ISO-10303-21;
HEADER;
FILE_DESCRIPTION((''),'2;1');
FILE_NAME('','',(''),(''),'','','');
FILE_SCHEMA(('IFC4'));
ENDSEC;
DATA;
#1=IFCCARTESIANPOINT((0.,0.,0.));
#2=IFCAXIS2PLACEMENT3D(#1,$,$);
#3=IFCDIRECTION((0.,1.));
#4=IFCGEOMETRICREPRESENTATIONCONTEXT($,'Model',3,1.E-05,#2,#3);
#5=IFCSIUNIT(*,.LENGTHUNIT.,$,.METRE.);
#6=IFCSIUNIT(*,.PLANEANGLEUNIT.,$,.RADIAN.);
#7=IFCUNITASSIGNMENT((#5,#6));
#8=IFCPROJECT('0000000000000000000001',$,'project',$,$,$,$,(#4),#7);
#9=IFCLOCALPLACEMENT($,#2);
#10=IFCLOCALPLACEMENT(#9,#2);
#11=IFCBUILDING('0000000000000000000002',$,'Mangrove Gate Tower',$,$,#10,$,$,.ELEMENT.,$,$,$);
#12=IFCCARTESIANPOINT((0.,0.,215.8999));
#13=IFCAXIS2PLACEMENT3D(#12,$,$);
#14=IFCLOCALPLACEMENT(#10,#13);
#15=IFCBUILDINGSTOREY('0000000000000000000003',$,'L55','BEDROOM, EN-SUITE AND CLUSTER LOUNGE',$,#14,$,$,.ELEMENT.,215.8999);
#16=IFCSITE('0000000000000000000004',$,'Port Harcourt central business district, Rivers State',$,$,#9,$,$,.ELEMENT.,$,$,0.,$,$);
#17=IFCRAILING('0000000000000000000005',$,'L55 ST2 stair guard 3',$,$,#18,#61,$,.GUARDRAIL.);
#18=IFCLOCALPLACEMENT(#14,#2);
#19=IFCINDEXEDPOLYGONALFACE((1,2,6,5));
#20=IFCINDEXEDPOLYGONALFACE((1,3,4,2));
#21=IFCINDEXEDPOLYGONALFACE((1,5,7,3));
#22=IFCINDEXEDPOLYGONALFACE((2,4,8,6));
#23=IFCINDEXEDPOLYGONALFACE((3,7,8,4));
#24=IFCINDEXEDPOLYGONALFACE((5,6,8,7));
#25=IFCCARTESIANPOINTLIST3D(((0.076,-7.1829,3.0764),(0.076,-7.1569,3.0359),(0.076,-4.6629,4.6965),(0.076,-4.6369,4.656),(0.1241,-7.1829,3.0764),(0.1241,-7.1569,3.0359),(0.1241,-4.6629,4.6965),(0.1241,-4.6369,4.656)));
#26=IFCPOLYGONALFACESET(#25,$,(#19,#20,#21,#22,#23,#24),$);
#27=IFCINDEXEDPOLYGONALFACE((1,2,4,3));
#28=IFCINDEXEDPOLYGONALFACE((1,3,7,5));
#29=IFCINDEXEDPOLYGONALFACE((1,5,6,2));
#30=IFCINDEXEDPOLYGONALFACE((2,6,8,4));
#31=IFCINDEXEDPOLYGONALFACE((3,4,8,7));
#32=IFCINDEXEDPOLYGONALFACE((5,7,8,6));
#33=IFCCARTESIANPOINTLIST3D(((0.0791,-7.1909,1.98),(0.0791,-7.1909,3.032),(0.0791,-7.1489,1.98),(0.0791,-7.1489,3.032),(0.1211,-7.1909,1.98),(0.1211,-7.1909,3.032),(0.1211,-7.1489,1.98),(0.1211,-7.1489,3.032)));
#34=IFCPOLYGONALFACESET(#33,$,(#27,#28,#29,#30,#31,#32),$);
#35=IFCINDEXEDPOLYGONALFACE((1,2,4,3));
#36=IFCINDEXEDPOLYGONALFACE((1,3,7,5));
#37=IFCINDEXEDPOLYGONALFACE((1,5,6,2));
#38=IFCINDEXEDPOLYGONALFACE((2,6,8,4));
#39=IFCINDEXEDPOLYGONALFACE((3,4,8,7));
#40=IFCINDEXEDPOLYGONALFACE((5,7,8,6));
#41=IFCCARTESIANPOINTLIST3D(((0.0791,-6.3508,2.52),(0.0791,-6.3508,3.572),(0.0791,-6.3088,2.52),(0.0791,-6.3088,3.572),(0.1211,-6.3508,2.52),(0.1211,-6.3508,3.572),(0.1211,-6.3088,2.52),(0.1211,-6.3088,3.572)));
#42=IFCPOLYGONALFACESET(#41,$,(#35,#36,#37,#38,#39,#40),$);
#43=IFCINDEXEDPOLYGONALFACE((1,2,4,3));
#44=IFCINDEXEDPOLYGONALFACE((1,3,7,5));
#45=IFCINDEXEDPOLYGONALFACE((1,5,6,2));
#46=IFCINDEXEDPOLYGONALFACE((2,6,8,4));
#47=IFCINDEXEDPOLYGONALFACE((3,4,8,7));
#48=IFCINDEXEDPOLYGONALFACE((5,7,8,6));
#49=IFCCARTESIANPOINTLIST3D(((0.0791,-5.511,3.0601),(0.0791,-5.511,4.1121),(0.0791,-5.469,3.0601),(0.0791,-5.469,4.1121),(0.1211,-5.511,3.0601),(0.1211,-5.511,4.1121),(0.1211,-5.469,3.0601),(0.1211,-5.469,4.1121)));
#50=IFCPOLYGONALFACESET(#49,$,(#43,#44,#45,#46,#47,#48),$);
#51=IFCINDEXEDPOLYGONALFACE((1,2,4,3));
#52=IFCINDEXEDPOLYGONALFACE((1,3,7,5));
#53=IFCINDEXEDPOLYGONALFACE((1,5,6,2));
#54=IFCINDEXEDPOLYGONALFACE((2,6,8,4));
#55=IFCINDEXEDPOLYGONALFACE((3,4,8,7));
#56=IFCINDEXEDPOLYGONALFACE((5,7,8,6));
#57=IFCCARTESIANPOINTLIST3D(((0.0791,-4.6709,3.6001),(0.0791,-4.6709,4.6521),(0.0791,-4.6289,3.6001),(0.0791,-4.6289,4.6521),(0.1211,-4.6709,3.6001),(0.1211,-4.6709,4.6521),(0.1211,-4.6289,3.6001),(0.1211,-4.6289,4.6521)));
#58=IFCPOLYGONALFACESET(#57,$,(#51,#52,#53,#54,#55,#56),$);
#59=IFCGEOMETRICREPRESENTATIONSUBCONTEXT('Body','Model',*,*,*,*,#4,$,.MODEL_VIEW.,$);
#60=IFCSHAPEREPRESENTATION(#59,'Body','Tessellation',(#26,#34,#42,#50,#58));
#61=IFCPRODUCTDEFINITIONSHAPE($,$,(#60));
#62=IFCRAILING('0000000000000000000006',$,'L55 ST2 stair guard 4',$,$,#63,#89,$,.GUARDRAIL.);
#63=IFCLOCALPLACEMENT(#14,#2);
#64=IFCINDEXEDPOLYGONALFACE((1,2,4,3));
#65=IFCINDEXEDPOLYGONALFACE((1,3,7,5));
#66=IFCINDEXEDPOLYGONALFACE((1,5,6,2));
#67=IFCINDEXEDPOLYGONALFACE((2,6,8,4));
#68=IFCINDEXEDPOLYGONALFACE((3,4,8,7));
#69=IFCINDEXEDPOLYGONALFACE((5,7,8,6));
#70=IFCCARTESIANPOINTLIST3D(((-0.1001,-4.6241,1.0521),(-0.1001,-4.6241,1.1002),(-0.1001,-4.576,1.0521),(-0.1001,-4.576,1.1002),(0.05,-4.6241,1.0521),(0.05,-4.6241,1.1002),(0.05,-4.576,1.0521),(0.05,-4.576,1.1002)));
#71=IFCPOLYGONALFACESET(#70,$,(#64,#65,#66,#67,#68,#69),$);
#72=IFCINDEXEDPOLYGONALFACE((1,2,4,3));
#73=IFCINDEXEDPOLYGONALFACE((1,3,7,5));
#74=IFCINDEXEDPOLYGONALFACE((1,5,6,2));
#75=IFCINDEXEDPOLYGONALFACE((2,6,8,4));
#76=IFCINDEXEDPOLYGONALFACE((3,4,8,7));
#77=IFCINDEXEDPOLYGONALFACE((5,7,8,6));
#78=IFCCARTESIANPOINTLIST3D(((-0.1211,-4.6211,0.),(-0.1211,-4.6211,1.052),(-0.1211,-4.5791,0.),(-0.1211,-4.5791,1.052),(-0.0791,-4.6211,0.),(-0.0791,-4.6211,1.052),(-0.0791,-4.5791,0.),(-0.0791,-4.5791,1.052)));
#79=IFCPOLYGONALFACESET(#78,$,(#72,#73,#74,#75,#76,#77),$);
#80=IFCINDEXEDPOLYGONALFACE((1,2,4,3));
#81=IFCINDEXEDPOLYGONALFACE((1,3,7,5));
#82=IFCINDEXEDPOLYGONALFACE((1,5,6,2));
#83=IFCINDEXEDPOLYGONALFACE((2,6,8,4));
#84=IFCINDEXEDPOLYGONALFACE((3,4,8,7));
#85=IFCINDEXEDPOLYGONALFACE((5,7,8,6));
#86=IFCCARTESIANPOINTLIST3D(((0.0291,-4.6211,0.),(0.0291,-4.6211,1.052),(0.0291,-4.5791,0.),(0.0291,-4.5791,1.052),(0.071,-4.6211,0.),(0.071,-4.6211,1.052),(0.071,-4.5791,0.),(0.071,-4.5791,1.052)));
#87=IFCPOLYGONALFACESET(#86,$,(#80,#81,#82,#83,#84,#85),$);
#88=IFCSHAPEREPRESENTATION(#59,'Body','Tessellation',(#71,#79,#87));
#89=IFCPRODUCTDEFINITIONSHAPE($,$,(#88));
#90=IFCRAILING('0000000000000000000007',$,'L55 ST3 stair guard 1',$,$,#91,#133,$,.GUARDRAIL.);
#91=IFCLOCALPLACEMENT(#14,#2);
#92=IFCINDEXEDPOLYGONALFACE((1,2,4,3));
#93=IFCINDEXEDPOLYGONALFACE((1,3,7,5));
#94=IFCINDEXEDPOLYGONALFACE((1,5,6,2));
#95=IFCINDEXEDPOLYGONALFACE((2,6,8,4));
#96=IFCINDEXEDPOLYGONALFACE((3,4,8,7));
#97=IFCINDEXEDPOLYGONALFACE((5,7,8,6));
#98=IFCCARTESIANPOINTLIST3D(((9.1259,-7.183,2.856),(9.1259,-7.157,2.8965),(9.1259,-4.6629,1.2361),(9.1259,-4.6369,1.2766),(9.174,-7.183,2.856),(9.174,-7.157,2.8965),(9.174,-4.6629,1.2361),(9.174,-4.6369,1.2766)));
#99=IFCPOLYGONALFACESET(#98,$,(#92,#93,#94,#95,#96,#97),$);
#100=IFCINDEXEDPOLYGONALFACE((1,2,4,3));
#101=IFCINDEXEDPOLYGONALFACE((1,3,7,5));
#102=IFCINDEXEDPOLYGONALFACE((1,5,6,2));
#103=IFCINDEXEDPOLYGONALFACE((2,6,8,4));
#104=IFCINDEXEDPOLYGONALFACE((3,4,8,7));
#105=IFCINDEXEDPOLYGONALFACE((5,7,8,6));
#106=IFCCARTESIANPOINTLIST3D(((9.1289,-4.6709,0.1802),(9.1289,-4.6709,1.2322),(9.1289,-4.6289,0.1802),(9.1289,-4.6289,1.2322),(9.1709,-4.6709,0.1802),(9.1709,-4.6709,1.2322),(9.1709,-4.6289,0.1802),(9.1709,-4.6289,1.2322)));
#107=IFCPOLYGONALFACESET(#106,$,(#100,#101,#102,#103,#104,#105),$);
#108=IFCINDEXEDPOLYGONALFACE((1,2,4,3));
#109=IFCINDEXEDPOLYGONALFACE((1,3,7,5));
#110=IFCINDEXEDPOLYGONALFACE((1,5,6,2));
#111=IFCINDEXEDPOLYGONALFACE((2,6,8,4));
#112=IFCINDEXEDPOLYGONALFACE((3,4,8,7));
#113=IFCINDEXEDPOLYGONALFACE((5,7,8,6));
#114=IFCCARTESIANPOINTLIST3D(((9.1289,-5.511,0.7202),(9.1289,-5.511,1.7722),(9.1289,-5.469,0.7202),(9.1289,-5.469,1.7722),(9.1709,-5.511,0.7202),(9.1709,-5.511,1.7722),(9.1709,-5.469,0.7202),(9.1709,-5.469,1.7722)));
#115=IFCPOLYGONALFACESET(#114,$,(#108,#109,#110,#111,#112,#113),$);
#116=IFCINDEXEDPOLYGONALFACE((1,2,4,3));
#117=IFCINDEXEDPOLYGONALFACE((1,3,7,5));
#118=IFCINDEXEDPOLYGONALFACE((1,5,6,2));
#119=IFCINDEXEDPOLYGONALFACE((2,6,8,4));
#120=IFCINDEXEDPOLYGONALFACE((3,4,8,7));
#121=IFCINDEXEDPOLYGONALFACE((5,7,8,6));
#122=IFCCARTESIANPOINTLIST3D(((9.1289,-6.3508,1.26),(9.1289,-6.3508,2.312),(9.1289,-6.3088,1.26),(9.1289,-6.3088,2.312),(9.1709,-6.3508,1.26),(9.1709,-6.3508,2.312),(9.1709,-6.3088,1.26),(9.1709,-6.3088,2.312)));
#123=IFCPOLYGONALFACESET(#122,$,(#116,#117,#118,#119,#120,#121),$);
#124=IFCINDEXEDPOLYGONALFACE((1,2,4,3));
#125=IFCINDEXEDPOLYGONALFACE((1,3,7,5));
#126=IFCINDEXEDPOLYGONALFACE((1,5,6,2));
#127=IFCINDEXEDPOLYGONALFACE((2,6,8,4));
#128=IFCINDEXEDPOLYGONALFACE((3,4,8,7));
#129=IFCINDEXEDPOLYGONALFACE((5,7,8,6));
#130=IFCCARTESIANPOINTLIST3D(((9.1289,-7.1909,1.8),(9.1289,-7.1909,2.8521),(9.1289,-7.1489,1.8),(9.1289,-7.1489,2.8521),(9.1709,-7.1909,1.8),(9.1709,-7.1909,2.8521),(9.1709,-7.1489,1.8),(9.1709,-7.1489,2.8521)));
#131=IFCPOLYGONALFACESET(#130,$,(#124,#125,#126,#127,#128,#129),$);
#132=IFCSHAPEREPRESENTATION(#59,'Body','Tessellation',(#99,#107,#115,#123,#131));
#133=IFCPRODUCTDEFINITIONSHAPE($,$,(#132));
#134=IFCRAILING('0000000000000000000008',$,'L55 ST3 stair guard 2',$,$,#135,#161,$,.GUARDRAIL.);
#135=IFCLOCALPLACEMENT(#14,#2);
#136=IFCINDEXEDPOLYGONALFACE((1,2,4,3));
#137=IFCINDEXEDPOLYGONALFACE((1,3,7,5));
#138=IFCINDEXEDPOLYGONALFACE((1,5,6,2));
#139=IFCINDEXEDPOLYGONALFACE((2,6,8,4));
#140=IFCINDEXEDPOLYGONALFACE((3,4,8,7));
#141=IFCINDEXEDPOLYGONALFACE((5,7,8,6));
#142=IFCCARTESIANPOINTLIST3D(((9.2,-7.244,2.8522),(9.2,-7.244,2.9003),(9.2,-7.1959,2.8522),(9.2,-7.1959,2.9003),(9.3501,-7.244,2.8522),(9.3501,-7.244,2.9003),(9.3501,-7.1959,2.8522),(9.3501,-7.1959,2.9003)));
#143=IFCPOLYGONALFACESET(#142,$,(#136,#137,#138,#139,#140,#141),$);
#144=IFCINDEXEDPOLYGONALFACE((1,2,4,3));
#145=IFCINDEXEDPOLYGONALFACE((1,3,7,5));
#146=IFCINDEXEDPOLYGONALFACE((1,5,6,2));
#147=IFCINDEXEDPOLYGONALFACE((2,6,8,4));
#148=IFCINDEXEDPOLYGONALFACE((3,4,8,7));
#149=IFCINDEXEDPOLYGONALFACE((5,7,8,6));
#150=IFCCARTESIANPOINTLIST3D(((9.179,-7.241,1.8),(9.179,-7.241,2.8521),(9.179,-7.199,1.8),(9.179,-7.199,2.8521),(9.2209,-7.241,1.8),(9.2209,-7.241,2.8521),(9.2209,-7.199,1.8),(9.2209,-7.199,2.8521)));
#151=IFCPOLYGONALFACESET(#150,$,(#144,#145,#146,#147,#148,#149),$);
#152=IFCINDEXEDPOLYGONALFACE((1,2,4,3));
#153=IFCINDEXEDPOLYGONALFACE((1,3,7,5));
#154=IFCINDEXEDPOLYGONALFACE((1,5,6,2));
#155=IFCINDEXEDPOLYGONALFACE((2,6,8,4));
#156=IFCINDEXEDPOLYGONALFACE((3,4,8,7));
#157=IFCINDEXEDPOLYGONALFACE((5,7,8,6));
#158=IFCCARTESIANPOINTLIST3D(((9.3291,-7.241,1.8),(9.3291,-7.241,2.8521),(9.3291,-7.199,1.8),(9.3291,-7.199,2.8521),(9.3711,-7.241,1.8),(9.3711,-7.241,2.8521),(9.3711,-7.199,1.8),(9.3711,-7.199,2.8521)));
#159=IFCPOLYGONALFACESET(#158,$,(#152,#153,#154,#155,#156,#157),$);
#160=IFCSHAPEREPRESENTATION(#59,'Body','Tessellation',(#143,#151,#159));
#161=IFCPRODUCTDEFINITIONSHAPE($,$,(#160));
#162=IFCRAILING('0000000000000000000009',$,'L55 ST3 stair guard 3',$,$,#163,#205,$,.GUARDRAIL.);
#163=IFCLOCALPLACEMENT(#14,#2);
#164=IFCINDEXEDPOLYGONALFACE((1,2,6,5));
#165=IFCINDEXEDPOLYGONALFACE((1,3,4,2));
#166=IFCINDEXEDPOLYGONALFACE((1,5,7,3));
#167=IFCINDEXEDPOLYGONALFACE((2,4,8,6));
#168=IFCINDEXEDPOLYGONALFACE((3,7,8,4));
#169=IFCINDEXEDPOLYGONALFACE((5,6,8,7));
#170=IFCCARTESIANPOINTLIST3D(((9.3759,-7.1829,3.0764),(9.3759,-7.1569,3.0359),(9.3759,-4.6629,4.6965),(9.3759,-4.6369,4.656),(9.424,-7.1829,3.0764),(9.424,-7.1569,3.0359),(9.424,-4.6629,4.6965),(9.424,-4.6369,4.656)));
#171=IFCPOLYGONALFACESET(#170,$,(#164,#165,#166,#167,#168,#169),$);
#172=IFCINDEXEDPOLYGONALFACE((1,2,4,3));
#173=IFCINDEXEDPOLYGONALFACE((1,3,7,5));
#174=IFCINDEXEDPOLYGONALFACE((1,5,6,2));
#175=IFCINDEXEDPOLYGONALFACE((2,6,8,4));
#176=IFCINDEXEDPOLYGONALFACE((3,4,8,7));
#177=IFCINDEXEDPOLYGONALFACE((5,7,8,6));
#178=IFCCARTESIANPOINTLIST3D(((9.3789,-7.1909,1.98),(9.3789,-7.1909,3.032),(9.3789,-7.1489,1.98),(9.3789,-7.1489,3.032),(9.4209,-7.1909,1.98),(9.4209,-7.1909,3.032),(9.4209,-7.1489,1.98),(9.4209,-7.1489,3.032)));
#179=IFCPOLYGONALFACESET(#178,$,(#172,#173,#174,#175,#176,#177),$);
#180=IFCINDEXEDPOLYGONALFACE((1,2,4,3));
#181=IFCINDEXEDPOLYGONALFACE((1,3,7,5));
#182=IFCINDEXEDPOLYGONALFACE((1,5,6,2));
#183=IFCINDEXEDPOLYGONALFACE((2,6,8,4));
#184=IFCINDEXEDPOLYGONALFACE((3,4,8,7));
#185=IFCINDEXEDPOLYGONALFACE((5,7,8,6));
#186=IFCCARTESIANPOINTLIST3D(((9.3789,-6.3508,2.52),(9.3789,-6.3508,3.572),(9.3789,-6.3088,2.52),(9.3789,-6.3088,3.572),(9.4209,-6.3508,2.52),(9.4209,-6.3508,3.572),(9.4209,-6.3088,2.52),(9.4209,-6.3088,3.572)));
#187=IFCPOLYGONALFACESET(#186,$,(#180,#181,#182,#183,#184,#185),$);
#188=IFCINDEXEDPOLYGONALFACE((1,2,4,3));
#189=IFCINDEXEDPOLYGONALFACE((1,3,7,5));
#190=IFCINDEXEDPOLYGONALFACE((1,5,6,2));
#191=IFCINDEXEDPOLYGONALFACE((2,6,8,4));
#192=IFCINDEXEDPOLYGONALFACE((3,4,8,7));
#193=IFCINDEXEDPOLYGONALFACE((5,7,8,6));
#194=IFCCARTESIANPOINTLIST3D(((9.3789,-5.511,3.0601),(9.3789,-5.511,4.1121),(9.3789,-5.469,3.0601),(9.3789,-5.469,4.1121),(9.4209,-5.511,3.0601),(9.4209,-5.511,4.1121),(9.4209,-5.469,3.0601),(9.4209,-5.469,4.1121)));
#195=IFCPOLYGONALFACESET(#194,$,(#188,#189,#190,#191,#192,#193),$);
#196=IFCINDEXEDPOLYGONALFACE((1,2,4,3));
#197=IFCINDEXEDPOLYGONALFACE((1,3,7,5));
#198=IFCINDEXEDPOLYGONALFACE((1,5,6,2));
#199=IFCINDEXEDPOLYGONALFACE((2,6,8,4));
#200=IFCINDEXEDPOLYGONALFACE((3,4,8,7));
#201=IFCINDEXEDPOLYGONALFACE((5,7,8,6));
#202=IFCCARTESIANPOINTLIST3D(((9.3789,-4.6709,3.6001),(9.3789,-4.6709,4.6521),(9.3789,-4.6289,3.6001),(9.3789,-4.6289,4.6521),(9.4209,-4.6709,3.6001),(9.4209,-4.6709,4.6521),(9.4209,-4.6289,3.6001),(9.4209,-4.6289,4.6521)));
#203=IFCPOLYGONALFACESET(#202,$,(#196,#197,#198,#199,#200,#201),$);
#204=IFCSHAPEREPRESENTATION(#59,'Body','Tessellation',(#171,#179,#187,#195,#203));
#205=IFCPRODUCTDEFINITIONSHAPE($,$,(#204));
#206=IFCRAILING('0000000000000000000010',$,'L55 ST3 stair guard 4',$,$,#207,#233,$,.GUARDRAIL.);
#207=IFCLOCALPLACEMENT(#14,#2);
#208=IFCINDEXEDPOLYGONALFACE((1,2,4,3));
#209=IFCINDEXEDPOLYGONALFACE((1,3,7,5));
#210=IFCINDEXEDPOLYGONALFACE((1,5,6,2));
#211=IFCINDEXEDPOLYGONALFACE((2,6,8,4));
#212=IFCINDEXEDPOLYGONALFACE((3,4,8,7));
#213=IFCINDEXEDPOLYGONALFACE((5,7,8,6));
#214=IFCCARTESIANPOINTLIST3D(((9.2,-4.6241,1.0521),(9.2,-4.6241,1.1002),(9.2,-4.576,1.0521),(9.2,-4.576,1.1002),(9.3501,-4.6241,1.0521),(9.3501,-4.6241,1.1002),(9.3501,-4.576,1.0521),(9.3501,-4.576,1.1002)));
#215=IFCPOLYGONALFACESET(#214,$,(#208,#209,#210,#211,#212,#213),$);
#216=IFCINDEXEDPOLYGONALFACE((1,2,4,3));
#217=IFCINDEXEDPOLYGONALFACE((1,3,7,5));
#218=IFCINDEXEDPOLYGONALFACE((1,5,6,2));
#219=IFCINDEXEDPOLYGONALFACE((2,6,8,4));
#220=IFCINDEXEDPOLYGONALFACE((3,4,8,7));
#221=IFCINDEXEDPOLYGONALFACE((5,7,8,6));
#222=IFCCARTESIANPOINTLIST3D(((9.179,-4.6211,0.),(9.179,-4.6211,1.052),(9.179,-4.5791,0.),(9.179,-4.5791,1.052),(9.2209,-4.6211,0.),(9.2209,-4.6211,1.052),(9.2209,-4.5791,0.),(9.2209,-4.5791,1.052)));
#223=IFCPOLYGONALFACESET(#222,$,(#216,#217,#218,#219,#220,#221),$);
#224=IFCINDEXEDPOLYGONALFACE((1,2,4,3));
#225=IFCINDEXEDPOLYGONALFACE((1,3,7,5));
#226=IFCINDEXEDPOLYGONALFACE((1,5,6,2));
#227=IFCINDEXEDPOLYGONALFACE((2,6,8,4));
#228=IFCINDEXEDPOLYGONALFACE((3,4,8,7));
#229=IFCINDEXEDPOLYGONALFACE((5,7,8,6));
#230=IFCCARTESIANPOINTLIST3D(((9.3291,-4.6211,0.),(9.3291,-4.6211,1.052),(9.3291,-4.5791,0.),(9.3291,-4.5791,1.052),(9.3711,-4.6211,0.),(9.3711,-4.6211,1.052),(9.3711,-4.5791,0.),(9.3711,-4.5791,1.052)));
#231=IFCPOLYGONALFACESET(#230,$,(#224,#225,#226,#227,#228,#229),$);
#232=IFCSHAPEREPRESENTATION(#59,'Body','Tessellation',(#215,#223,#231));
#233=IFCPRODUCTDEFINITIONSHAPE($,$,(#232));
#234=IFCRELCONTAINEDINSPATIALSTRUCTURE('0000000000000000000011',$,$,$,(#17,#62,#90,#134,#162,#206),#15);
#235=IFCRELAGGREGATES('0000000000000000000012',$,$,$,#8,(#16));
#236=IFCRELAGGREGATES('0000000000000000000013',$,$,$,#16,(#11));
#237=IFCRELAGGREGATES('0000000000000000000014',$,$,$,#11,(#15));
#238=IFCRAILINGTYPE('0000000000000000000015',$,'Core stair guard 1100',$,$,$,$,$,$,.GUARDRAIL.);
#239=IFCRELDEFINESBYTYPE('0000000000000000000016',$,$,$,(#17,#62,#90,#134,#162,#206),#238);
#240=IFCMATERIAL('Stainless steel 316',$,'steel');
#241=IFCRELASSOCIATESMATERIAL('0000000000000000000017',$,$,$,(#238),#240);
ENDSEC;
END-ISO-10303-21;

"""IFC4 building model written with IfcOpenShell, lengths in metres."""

from ifc_helpers import new_model, si_unit, direction, frame, origin, origin_2d, place, context, subcontext, project, spatial, rectangle, extrude, material, type_object, element, save


model = new_model("IFC4")

# Units and contexts
model_context = context("Model", 3, precision=1e-05, world=origin(), true_north=direction((0.0, 1.0)))
body_context = subcontext(model_context, "Body", "Model", "MODEL_VIEW")
ifc_project = project(units=[si_unit("LENGTHUNIT", "METRE"), si_unit("PLANEANGLEUNIT", "RADIAN")], contexts=[model_context])

# Site, building, storey
site_placement = place(None, origin())
site = spatial("IfcSite", under=ifc_project, at=site_placement, Name="Port Harcourt central business district, Rivers State", CompositionType="ELEMENT", RefElevation=0.0)
building_placement = place(site_placement, origin())
building = spatial("IfcBuilding", under=site, at=building_placement, Name="Mangrove Gate Tower", CompositionType="ELEMENT")
storey_placement = place(building_placement, frame((0.0, 0.0, 215.8999)))
storey = spatial("IfcBuildingStorey", under=building, at=storey_placement, Name="L55", Description="BEDROOM, EN-SUITE AND CLUSTER LOUNGE", CompositionType="ELEMENT", Elevation=215.8999)

# Railings
ifc_material_1 = material(Name="Stainless steel 316", Category="steel")
railing_type_1 = type_object("IfcRailingType", Name="Core stair guard 1100", PredefinedType="GUARDRAIL", material=ifc_material_1)
railing_1_placement = place(storey_placement, frame((0.1001, -7.1699, 1.98)))
element("IfcRailing", 1, at=railing_1_placement, inside=storey, type_object=railing_type_1, Name="L55 ST2 stair guard 3", PredefinedType="GUARDRAIL", context=body_context, shape_type="SweptSolid", body=[
    extrude(rectangle(XDim=0.0481, YDim=0.0481, at=origin_2d()), frame((0.0, 0.0, 1.0762), z_axis=(0.0, 0.841163, 0.540782), x_axis=(-1.0, 0.0, 0.0)), (0.0, 0.0, 1.0), 2.9958),
    extrude(rectangle(XDim=0.042, YDim=0.042, at=origin_2d()), origin(), (0.0, 0.0, 1.0), 1.052),
    extrude(rectangle(XDim=0.042, YDim=0.042, at=origin_2d()), frame((0.0, 0.8401, 0.54)), (0.0, 0.0, 1.0), 1.052),
    extrude(rectangle(XDim=0.042, YDim=0.042, at=origin_2d()), frame((0.0, 1.6799, 1.0801)), (0.0, 0.0, 1.0), 1.052),
    extrude(rectangle(XDim=0.042, YDim=0.042, at=origin_2d()), frame((0.0, 2.52, 1.6201)), (0.0, 0.0, 1.0), 1.052),
])
railing_2_placement = place(storey_placement, frame((-0.1001, -4.6001, 0.0)))
element("IfcRailing", 2, at=railing_2_placement, inside=storey, type_object=railing_type_1, Name="L55 ST2 stair guard 4", PredefinedType="GUARDRAIL", context=body_context, shape_type="SweptSolid", body=[
    extrude(rectangle(XDim=0.0481, YDim=0.0481, at=origin_2d()), frame((0.0, 0.0, 1.0762), z_axis=(1.0, 0.0, 0.0), x_axis=(0.0, 1.0, 0.0)), (0.0, 0.0, 1.0), 0.1501),
    extrude(rectangle(XDim=0.042, YDim=0.042, at=origin_2d()), origin(), (0.0, 0.0, 1.0), 1.052),
    extrude(rectangle(XDim=0.042, YDim=0.042, at=origin_2d()), frame((0.1501, 0.0, 0.0)), (0.0, 0.0, 1.0), 1.052),
])
railing_3_placement = place(storey_placement, frame((9.1499, -4.6499, 0.1802)))
element("IfcRailing", 3, at=railing_3_placement, inside=storey, type_object=railing_type_1, Name="L55 ST3 stair guard 1", PredefinedType="GUARDRAIL", context=body_context, shape_type="SweptSolid", body=[
    extrude(rectangle(XDim=0.0481, YDim=0.0481, at=origin_2d()), frame((0.0, 0.0, 1.0762), z_axis=(0.0, -0.8412, 0.540725), x_axis=(1.0, 0.0, 0.0)), (0.0, 0.0, 1.0), 2.9958),
    extrude(rectangle(XDim=0.042, YDim=0.042, at=origin_2d()), origin(), (0.0, 0.0, 1.0), 1.052),
    extrude(rectangle(XDim=0.042, YDim=0.042, at=origin_2d()), frame((0.0, -0.8401, 0.54)), (0.0, 0.0, 1.0), 1.052),
    extrude(rectangle(XDim=0.042, YDim=0.042, at=origin_2d()), frame((0.0, -1.6799, 1.0798)), (0.0, 0.0, 1.0), 1.052),
    extrude(rectangle(XDim=0.042, YDim=0.042, at=origin_2d()), frame((0.0, -2.52, 1.6199)), (0.0, 0.0, 1.0), 1.052),
])
railing_4_placement = place(storey_placement, frame((9.2, -7.22, 1.8)))
element("IfcRailing", 4, at=railing_4_placement, inside=storey, type_object=railing_type_1, Name="L55 ST3 stair guard 2", PredefinedType="GUARDRAIL", context=body_context, shape_type="SweptSolid", body=[
    extrude(rectangle(XDim=0.0481, YDim=0.0481, at=origin_2d()), frame((0.0, 0.0, 1.0762), z_axis=(1.0, 0.0, 0.0), x_axis=(0.0, 1.0, 0.0)), (0.0, 0.0, 1.0), 0.1501),
    extrude(rectangle(XDim=0.042, YDim=0.042, at=origin_2d()), origin(), (0.0, 0.0, 1.0), 1.052),
    extrude(rectangle(XDim=0.042, YDim=0.042, at=origin_2d()), frame((0.1501, 0.0, 0.0)), (0.0, 0.0, 1.0), 1.052),
])
railing_5_placement = place(storey_placement, frame((9.3999, -7.1699, 1.98)))
element("IfcRailing", 5, at=railing_5_placement, inside=storey, type_object=railing_type_1, Name="L55 ST3 stair guard 3", PredefinedType="GUARDRAIL", context=body_context, shape_type="SweptSolid", body=[
    extrude(rectangle(XDim=0.0481, YDim=0.0481, at=origin_2d()), frame((0.0, 0.0, 1.0762), z_axis=(0.0, 0.841163, 0.540782), x_axis=(-1.0, 0.0, 0.0)), (0.0, 0.0, 1.0), 2.9958),
    extrude(rectangle(XDim=0.042, YDim=0.042, at=origin_2d()), origin(), (0.0, 0.0, 1.0), 1.052),
    extrude(rectangle(XDim=0.042, YDim=0.042, at=origin_2d()), frame((0.0, 0.8401, 0.54)), (0.0, 0.0, 1.0), 1.052),
    extrude(rectangle(XDim=0.042, YDim=0.042, at=origin_2d()), frame((0.0, 1.6799, 1.0801)), (0.0, 0.0, 1.0), 1.052),
    extrude(rectangle(XDim=0.042, YDim=0.042, at=origin_2d()), frame((0.0, 2.52, 1.6201)), (0.0, 0.0, 1.0), 1.052),
])
railing_6_placement = place(storey_placement, frame((9.2, -4.6001, 0.0)))
element("IfcRailing", 6, at=railing_6_placement, inside=storey, type_object=railing_type_1, Name="L55 ST3 stair guard 4", PredefinedType="GUARDRAIL", context=body_context, shape_type="SweptSolid", body=[
    extrude(rectangle(XDim=0.0481, YDim=0.0481, at=origin_2d()), frame((0.0, 0.0, 1.0762), z_axis=(1.0, 0.0, 0.0), x_axis=(0.0, 1.0, 0.0)), (0.0, 0.0, 1.0), 0.1501),
    extrude(rectangle(XDim=0.042, YDim=0.042, at=origin_2d()), origin(), (0.0, 0.0, 1.0), 1.052),
    extrude(rectangle(XDim=0.042, YDim=0.042, at=origin_2d()), frame((0.1501, 0.0, 0.0)), (0.0, 0.0, 1.0), 1.052),
])

save(model, "model.ifc")
